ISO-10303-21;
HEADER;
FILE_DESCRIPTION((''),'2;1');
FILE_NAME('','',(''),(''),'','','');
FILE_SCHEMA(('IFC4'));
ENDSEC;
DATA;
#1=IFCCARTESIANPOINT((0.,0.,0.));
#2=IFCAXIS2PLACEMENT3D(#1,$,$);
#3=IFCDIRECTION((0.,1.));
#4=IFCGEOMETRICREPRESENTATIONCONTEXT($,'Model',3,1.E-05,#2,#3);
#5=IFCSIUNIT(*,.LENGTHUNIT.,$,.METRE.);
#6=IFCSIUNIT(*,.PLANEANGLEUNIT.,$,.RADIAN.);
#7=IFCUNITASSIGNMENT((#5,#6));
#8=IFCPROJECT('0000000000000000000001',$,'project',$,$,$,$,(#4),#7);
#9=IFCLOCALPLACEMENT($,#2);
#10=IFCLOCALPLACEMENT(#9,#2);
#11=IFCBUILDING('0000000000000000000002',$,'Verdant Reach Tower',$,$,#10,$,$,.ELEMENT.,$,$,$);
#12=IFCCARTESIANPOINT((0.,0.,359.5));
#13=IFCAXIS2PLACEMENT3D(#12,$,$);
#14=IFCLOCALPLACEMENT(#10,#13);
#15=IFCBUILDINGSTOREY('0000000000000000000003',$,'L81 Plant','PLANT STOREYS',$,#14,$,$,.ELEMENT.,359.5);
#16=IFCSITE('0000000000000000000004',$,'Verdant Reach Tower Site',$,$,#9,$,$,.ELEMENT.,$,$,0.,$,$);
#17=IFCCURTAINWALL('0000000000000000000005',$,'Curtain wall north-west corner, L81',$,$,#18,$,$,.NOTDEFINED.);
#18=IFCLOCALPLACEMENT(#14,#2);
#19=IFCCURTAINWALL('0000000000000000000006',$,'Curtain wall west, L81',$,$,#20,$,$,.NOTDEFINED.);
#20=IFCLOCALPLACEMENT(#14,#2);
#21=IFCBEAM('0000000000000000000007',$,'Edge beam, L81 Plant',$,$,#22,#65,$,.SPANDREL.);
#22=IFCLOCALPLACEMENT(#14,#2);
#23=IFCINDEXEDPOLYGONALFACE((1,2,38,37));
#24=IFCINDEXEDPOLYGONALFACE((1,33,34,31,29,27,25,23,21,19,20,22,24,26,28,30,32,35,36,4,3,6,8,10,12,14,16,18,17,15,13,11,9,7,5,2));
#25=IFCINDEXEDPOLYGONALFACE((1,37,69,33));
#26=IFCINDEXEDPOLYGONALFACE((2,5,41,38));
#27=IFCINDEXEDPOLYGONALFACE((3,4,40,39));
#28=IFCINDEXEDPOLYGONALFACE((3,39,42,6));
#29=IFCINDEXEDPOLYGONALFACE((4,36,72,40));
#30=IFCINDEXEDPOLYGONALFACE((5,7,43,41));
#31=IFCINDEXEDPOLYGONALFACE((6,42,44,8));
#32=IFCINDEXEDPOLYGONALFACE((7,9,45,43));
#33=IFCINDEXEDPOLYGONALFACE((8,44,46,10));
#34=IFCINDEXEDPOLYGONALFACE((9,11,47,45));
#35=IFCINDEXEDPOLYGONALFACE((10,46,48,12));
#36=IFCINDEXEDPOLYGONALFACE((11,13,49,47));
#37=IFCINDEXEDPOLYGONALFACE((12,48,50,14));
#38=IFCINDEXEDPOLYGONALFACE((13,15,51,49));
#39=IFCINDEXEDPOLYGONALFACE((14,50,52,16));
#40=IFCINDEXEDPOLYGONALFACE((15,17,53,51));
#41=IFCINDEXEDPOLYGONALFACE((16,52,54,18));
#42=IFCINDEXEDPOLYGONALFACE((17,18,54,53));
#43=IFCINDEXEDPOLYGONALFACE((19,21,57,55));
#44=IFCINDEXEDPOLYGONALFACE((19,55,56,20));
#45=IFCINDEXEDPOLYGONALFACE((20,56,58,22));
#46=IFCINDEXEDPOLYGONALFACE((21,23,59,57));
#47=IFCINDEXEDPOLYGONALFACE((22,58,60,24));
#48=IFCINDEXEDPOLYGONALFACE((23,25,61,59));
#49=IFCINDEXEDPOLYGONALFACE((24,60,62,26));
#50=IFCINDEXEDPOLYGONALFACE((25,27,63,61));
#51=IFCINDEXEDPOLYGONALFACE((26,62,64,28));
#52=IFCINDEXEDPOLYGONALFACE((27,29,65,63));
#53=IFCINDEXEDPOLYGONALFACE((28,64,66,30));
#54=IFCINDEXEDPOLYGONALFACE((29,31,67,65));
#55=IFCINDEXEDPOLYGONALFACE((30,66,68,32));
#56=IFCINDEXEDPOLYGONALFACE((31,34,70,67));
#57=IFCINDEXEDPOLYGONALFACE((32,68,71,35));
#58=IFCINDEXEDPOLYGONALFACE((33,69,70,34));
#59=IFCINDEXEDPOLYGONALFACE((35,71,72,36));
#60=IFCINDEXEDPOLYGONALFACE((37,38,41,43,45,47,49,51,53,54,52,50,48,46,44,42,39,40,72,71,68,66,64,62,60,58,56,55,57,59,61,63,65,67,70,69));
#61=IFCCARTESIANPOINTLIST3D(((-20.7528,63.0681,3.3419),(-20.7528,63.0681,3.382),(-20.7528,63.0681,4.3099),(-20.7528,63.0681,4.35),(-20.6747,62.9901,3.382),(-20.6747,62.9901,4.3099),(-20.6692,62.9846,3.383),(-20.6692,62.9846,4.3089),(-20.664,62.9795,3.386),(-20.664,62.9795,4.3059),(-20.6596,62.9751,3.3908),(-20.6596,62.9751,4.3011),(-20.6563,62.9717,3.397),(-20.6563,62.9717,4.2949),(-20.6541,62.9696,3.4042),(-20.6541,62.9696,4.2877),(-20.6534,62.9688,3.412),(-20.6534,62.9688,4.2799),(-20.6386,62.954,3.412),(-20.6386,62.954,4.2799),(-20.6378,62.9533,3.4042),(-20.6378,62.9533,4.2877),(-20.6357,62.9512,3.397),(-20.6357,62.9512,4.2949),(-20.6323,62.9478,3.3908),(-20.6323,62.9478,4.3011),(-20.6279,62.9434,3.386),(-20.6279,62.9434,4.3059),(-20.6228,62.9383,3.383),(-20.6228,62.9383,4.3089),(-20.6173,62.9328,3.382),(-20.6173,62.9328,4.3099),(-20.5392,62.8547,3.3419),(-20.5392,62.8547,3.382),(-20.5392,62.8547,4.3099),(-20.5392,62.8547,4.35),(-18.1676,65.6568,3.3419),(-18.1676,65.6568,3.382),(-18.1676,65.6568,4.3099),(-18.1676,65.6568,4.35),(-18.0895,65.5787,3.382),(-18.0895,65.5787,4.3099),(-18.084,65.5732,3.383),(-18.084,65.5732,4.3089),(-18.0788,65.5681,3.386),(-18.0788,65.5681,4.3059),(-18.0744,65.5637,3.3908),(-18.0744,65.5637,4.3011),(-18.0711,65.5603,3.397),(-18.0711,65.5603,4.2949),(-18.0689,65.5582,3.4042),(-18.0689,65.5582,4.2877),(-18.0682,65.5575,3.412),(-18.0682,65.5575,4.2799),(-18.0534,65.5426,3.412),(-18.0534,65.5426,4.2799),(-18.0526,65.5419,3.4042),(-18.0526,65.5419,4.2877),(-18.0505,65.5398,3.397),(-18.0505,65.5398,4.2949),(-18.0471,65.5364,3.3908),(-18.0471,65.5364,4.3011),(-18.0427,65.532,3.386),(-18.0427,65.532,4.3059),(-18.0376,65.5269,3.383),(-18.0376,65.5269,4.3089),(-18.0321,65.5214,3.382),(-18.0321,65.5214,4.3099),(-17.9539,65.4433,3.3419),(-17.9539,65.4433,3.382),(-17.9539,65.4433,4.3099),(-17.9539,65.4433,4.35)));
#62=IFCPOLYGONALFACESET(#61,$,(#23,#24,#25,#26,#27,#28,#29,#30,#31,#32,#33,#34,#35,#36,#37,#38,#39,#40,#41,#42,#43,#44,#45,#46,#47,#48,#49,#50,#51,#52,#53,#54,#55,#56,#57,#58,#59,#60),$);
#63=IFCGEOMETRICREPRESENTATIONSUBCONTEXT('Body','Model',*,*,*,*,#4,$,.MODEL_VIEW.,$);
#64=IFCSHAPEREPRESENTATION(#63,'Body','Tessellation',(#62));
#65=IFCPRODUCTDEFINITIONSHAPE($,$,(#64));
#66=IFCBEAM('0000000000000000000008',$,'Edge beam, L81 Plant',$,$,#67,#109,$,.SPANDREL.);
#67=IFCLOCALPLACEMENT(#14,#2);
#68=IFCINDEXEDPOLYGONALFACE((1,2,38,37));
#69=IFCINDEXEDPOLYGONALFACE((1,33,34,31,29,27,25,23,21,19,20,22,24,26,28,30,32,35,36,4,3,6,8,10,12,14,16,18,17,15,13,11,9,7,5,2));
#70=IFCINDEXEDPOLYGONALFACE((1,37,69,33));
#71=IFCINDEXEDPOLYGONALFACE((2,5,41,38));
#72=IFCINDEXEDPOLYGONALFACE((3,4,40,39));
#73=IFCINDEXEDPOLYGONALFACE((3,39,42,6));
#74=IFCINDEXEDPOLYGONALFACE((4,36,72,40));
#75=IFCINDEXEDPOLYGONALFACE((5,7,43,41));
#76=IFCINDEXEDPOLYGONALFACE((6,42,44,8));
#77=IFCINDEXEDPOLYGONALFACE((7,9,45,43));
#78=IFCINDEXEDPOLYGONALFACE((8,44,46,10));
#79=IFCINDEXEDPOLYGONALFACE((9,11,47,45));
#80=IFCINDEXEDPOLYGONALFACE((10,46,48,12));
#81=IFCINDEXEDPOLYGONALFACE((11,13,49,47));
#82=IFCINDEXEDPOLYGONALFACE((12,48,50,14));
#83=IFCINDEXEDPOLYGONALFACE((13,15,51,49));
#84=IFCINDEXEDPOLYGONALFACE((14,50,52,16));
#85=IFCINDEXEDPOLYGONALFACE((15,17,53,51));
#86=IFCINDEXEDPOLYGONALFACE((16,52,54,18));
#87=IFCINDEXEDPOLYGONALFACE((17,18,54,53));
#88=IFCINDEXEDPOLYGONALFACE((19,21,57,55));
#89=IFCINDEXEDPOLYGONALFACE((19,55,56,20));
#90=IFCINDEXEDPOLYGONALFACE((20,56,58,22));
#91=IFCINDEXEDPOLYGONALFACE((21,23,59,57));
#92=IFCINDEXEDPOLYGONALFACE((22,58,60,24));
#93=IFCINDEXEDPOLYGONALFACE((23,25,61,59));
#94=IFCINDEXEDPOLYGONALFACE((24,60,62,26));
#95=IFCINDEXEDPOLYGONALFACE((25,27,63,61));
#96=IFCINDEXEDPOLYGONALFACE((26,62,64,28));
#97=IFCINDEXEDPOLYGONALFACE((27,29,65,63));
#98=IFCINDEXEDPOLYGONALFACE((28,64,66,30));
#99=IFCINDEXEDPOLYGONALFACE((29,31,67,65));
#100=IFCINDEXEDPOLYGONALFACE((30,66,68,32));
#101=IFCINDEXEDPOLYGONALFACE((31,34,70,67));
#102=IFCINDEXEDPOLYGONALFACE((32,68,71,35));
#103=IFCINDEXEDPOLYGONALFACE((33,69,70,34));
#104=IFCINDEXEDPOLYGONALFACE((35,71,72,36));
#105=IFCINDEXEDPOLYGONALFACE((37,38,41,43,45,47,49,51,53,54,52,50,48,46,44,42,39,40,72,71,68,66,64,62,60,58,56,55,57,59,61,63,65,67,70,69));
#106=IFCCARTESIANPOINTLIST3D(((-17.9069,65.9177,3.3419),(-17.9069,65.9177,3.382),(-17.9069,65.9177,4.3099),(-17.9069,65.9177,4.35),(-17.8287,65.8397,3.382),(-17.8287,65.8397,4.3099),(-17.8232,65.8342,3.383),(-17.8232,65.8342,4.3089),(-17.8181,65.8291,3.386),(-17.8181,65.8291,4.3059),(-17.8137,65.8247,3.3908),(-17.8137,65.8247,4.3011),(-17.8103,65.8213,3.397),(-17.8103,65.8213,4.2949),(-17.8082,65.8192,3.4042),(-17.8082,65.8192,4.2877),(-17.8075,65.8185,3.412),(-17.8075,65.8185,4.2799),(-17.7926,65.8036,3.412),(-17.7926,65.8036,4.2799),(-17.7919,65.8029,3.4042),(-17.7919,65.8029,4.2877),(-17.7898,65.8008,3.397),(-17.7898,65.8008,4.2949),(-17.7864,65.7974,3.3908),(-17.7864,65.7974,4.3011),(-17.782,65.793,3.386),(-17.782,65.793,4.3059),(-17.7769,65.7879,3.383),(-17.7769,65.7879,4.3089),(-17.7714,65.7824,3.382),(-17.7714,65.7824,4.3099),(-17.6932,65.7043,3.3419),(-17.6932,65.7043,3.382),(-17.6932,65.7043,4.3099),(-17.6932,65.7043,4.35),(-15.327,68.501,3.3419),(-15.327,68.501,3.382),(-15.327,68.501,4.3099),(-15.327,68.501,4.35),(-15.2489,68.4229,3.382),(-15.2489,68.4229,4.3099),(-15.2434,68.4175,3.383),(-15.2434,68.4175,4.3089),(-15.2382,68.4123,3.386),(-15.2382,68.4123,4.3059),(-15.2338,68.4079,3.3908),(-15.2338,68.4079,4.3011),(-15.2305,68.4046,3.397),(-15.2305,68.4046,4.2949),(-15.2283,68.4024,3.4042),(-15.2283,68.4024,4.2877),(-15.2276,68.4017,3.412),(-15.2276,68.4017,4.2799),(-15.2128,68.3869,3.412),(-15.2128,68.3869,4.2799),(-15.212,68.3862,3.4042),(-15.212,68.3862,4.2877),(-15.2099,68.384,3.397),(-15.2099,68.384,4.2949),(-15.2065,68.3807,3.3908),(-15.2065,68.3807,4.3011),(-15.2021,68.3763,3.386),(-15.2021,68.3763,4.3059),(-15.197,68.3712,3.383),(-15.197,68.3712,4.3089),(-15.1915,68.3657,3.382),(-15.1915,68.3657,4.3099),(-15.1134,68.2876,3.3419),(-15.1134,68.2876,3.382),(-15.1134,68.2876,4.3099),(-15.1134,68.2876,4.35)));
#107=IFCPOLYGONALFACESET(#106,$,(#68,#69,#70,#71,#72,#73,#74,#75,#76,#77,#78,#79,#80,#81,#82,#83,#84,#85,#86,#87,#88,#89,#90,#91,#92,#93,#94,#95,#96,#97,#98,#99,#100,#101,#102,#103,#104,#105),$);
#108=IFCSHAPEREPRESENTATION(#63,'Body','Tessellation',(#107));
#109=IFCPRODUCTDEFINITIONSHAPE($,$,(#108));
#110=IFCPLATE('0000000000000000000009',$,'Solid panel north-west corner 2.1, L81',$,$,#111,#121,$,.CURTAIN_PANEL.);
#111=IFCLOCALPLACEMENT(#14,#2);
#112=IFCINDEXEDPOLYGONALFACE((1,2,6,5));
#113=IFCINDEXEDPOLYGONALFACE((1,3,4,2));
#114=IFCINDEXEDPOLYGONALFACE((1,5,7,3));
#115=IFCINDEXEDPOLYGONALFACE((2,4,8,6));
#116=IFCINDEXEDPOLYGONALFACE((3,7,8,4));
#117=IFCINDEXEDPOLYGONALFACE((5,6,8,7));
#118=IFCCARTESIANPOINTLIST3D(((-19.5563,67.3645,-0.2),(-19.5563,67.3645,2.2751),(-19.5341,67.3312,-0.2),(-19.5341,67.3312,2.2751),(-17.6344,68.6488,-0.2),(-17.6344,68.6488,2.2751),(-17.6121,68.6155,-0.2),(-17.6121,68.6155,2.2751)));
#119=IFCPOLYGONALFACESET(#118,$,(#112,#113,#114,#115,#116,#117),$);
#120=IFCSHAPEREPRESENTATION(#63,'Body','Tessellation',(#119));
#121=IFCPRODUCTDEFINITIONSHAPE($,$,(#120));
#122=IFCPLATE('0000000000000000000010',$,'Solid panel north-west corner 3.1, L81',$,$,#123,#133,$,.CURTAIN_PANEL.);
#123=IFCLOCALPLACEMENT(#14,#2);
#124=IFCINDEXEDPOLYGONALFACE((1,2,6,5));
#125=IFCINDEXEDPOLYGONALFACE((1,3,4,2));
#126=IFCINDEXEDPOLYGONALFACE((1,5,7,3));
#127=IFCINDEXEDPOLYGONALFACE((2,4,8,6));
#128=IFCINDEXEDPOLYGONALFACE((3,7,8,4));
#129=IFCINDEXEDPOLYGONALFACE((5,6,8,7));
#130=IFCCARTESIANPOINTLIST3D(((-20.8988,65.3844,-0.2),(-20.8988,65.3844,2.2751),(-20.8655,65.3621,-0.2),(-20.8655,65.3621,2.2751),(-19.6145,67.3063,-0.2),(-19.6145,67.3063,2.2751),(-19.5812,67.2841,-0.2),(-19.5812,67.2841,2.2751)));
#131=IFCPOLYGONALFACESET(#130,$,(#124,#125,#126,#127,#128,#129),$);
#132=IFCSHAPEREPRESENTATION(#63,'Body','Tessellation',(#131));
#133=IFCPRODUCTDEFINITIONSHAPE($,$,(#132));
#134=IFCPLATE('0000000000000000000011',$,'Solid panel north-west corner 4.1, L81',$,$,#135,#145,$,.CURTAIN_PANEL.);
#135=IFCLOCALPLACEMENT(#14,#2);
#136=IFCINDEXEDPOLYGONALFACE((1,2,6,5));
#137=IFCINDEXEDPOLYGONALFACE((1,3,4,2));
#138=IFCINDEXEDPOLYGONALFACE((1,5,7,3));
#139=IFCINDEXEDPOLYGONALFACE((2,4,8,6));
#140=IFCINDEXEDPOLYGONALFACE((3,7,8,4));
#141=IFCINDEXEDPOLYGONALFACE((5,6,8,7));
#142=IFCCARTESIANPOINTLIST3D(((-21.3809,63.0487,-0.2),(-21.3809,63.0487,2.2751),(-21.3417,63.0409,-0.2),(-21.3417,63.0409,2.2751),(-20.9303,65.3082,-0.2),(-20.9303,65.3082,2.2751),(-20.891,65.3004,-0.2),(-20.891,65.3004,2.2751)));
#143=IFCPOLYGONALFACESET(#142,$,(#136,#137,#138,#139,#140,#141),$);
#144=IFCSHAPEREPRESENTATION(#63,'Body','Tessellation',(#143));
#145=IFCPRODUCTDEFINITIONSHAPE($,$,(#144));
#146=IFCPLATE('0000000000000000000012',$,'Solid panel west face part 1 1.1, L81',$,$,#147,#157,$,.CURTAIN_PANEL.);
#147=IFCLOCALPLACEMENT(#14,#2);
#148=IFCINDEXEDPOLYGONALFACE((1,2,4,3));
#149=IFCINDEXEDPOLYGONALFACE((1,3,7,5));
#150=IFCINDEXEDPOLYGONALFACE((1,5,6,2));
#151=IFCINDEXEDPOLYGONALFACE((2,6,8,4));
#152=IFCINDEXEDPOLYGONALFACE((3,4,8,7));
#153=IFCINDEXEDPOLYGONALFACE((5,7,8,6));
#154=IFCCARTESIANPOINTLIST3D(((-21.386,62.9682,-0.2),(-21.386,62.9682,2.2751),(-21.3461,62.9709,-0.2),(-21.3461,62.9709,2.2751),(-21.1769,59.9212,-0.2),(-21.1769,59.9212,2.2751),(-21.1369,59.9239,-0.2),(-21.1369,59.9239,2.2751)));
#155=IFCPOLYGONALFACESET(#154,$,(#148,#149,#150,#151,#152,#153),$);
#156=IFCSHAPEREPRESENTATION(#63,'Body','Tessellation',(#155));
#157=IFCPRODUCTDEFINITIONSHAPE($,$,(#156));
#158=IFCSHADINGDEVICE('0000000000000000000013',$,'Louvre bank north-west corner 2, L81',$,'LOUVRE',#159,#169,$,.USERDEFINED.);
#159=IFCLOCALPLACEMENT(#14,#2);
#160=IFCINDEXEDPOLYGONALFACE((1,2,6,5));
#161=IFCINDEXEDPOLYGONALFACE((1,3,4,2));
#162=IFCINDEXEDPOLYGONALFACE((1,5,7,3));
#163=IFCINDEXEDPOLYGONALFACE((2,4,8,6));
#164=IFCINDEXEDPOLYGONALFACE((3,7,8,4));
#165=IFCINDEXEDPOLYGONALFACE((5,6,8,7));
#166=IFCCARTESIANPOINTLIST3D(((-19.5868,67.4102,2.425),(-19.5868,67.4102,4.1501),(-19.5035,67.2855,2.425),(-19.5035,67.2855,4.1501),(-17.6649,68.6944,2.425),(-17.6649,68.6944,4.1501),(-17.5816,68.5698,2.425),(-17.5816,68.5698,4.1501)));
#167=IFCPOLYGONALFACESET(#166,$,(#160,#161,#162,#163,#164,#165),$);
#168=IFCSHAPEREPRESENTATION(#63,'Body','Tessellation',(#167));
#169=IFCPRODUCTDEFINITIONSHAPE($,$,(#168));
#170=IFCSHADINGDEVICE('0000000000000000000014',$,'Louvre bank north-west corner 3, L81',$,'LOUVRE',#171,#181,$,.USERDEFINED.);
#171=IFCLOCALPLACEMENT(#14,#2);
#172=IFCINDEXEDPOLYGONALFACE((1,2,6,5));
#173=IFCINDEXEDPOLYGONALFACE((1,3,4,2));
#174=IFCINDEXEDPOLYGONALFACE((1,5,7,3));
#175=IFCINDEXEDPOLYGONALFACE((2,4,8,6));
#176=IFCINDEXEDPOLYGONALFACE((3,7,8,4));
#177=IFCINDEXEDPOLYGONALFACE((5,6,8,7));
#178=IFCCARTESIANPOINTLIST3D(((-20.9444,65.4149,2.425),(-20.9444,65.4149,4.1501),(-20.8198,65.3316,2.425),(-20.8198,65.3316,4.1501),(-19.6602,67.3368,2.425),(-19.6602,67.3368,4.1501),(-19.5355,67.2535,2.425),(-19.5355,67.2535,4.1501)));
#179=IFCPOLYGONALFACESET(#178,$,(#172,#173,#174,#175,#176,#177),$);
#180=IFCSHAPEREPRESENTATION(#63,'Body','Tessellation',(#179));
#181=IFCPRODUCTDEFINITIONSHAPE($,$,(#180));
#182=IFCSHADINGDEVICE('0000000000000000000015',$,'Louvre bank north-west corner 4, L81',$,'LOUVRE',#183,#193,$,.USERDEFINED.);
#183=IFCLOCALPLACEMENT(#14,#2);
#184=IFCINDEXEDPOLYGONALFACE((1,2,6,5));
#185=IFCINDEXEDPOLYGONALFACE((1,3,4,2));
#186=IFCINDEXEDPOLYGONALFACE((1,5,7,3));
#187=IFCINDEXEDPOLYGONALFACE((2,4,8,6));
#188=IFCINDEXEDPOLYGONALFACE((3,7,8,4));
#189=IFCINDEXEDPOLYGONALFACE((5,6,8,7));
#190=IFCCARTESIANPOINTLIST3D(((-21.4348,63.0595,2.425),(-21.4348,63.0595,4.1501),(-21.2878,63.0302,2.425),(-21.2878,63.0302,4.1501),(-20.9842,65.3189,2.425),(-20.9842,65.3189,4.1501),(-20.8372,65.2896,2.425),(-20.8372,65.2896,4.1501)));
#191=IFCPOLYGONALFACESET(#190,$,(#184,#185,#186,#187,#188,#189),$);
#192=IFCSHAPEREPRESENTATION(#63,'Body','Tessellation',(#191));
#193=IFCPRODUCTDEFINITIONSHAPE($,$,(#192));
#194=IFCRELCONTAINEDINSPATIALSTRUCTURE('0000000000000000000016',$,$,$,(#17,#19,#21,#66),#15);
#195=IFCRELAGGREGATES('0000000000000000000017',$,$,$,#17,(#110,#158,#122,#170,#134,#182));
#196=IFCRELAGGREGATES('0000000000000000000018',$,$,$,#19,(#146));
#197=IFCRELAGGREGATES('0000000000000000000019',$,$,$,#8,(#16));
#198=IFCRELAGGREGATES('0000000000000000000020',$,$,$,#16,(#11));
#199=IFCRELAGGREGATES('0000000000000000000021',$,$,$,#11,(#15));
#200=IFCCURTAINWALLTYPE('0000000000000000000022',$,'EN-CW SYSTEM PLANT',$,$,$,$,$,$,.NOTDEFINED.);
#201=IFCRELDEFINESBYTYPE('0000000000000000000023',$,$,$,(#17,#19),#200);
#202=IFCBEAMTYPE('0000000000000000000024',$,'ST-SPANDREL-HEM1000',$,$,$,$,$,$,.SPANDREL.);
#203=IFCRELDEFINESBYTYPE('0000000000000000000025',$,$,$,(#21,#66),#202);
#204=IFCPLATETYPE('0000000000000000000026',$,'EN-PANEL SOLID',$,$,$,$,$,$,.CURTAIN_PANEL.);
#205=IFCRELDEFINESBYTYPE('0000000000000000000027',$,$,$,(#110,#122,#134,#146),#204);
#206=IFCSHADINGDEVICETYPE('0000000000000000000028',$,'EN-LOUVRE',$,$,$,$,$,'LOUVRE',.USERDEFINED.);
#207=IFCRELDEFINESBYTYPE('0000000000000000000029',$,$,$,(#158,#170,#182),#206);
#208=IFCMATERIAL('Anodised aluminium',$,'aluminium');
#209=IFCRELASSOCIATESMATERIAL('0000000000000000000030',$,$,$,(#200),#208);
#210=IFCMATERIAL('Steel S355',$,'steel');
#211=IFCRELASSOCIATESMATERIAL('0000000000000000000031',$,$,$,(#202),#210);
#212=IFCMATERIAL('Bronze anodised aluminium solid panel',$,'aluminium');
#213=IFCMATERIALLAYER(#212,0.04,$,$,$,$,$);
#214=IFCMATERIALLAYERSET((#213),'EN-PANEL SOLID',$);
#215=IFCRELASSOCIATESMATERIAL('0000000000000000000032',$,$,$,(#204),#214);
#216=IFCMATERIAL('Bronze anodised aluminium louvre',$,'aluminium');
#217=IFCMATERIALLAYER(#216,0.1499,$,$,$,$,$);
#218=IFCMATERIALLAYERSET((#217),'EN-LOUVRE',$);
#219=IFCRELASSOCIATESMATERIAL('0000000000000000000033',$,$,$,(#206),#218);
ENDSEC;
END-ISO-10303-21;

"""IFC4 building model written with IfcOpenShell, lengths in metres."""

from ifc_helpers import new_model, si_unit, direction, frame, origin, origin_2d, place, context, subcontext, project, spatial, rectangle, i_section, extrude, material, layer, layer_set, material_profile, profile_set, type_object, element, aggregate, save


model = new_model("IFC4")

# Units and contexts
model_context = context("Model", 3, precision=1e-05, world=origin(), true_north=direction((0.0, 1.0)))
body_context = subcontext(model_context, "Body", "Model", "MODEL_VIEW")
ifc_project = project(units=[si_unit("LENGTHUNIT", "METRE"), si_unit("PLANEANGLEUNIT", "RADIAN")], contexts=[model_context])

# Site, building, storey
site_placement = place(None, origin())
site = spatial("IfcSite", under=ifc_project, at=site_placement, Name="Verdant Reach Tower Site", CompositionType="ELEMENT", RefElevation=0.0)
building_placement = place(site_placement, origin())
building = spatial("IfcBuilding", under=site, at=building_placement, Name="Verdant Reach Tower", CompositionType="ELEMENT")
storey_placement = place(building_placement, frame((0.0, 0.0, 359.5)))
storey = spatial("IfcBuildingStorey", under=building, at=storey_placement, Name="L81 Plant", Description="PLANT STOREYS", CompositionType="ELEMENT", Elevation=359.5)

# Curtain walls
ifc_material_1 = material(Name="Anodised aluminium", Category="aluminium")
curtain_wall_type = type_object("IfcCurtainWallType", Name="EN-CW SYSTEM PLANT", PredefinedType="NOTDEFINED", material=ifc_material_1)
curtain_wall_1_placement = place(storey_placement, origin())
curtain_wall_1 = element("IfcCurtainWall", 1, at=curtain_wall_1_placement, inside=storey, type_object=curtain_wall_type, Name="Curtain wall north-west corner, L81", PredefinedType="NOTDEFINED")
curtain_wall_2_placement = place(storey_placement, origin())
curtain_wall_2 = element("IfcCurtainWall", 2, at=curtain_wall_2_placement, inside=storey, type_object=curtain_wall_type, Name="Curtain wall west, L81", PredefinedType="NOTDEFINED")

# Beams
ifc_material_2 = material(Name="Steel S355", Category="steel")
ifc_material_profile_1 = material_profile(ifc_material_2, i_section(OverallWidth=0.302, OverallDepth=1.0081, WebThickness=0.021, FlangeThickness=0.04, FilletRadius=0.03, at=origin_2d()), Name="HEM 1000")
ifc_profile_set_1 = profile_set([ifc_material_profile_1], Name="Steel S355")
beam_type = type_object("IfcBeamType", Name="ST-SPANDREL-HEM1000", PredefinedType="SPANDREL", material=ifc_profile_set_1)
beam_1_placement = place(storey_placement, frame((-20.646, 62.9614, 3.8459), z_axis=(0.706639, 0.707574, 0.0), x_axis=(-0.707574, 0.706639, 0.0)))
element("IfcBeam", 3, at=beam_1_placement, inside=storey, type_object=beam_type, Name="Edge beam, L81 Plant", PredefinedType="SPANDREL", context=body_context, shape_type="SweptSolid", body=[
    extrude(i_section(OverallWidth=0.302, OverallDepth=1.0081, WebThickness=0.021, FlangeThickness=0.04, FilletRadius=0.03, at=origin_2d()), origin(), (0.0, 0.0, 1.0), 3.6584),
])
beam_2_placement = place(storey_placement, frame((-17.8, 65.811, 3.8459), z_axis=(0.706639, 0.707575, 0.0), x_axis=(-0.707575, 0.706639, 0.0)))
element("IfcBeam", 4, at=beam_2_placement, inside=storey, type_object=beam_type, Name="Edge beam, L81 Plant", PredefinedType="SPANDREL", context=body_context, shape_type="SweptSolid", body=[
    extrude(i_section(OverallWidth=0.302, OverallDepth=1.0081, WebThickness=0.021, FlangeThickness=0.04, FilletRadius=0.03, at=origin_2d()), origin(), (0.0, 0.0, 1.0), 3.6509),
])

# Plates
ifc_material_3 = material(Name="Bronze anodised aluminium solid panel", Category="aluminium")
ifc_layer_1 = layer(ifc_material_3, 0.04)
ifc_layer_set_1 = layer_set([ifc_layer_1], Name="EN-PANEL SOLID")
plate_type = type_object("IfcPlateType", Name="EN-PANEL SOLID", PredefinedType="CURTAIN_PANEL", material=ifc_layer_set_1)
plate_1_placement = place(storey_placement, frame((-18.5842, 67.99, -0.2), z_axis=(0.0, 0.0, 1.0), x_axis=(-0.831452, -0.555596, 0.0)))
plate_1 = element("IfcPlate", 5, at=plate_1_placement, type_object=plate_type, Name="Solid panel north-west corner 2.1, L81", PredefinedType="CURTAIN_PANEL", context=body_context, shape_type="SweptSolid", body=[
    extrude(rectangle(XDim=2.3115, YDim=0.04, at=origin_2d()), origin(), (0.0, 0.0, 1.0), 2.4751),
])
plate_2_placement = place(storey_placement, frame((-20.24, 66.3342, -0.2), z_axis=(0.0, 0.0, 1.0), x_axis=(-0.555596, -0.831452, 0.0)))
plate_2 = element("IfcPlate", 6, at=plate_2_placement, type_object=plate_type, Name="Solid panel north-west corner 3.1, L81", PredefinedType="CURTAIN_PANEL", context=body_context, shape_type="SweptSolid", body=[
    extrude(rectangle(XDim=2.3115, YDim=0.04, at=origin_2d()), origin(), (0.0, 0.0, 1.0), 2.4751),
])
plate_3_placement = place(storey_placement, frame((-21.136, 64.1746, -0.2), z_axis=(0.0, 0.0, 1.0), x_axis=(-0.195593, -0.980685, 0.0)))
plate_3 = element("IfcPlate", 7, at=plate_3_placement, type_object=plate_type, Name="Solid panel north-west corner 4.1, L81", PredefinedType="CURTAIN_PANEL", context=body_context, shape_type="SweptSolid", body=[
    extrude(rectangle(XDim=2.304, YDim=0.04, at=origin_2d()), origin(), (0.0, 0.0, 1.0), 2.4751),
])
plate_4_placement = place(storey_placement, frame((-21.2615, 61.446, -0.2), z_axis=(0.0, 0.0, 1.0), x_axis=(0.068469, -0.997653, 0.0)))
plate_4 = element("IfcPlate", 8, at=plate_4_placement, type_object=plate_type, Name="Solid panel west face part 1 1.1, L81", PredefinedType="CURTAIN_PANEL", context=body_context, shape_type="SweptSolid", body=[
    extrude(rectangle(XDim=3.0542, YDim=0.04, at=origin_2d()), origin(), (0.0, 0.0, 1.0), 2.4751),
])

# Shading devices
ifc_material_4 = material(Name="Bronze anodised aluminium louvre", Category="aluminium")
ifc_layer_2 = layer(ifc_material_4, 0.1499)
ifc_layer_set_2 = layer_set([ifc_layer_2], Name="EN-LOUVRE")
shading_device_type = type_object("IfcShadingDeviceType", Name="EN-LOUVRE", ElementType="LOUVRE", PredefinedType="USERDEFINED", material=ifc_layer_set_2)
shading_device_1_placement = place(storey_placement, frame((-18.5842, 67.99, 2.425), z_axis=(0.0, 0.0, 1.0), x_axis=(-0.831452, -0.555596, 0.0)))
shading_device_1 = element("IfcShadingDevice", 9, at=shading_device_1_placement, type_object=shading_device_type, Name="Louvre bank north-west corner 2, L81", ObjectType="LOUVRE", PredefinedType="USERDEFINED", context=body_context, shape_type="SweptSolid", body=[
    extrude(rectangle(XDim=2.3115, YDim=0.1499, at=origin_2d()), origin(), (0.0, 0.0, 1.0), 1.7251),
])
shading_device_2_placement = place(storey_placement, frame((-20.24, 66.3342, 2.425), z_axis=(0.0, 0.0, 1.0), x_axis=(-0.555596, -0.831452, 0.0)))
shading_device_2 = element("IfcShadingDevice", 10, at=shading_device_2_placement, type_object=shading_device_type, Name="Louvre bank north-west corner 3, L81", ObjectType="LOUVRE", PredefinedType="USERDEFINED", context=body_context, shape_type="SweptSolid", body=[
    extrude(rectangle(XDim=2.3115, YDim=0.1499, at=origin_2d()), origin(), (0.0, 0.0, 1.0), 1.7251),
])
shading_device_3_placement = place(storey_placement, frame((-21.136, 64.1746, 2.425), z_axis=(0.0, 0.0, 1.0), x_axis=(-0.195593, -0.980685, 0.0)))
shading_device_3 = element("IfcShadingDevice", 11, at=shading_device_3_placement, type_object=shading_device_type, Name="Louvre bank north-west corner 4, L81", ObjectType="LOUVRE", PredefinedType="USERDEFINED", context=body_context, shape_type="SweptSolid", body=[
    extrude(rectangle(XDim=2.304, YDim=0.1499, at=origin_2d()), origin(), (0.0, 0.0, 1.0), 1.7251),
])
aggregate(curtain_wall_1, [plate_1, shading_device_1, plate_2, shading_device_2, plate_3, shading_device_3])
aggregate(curtain_wall_2, [plate_4])

save(model, "model.ifc")
